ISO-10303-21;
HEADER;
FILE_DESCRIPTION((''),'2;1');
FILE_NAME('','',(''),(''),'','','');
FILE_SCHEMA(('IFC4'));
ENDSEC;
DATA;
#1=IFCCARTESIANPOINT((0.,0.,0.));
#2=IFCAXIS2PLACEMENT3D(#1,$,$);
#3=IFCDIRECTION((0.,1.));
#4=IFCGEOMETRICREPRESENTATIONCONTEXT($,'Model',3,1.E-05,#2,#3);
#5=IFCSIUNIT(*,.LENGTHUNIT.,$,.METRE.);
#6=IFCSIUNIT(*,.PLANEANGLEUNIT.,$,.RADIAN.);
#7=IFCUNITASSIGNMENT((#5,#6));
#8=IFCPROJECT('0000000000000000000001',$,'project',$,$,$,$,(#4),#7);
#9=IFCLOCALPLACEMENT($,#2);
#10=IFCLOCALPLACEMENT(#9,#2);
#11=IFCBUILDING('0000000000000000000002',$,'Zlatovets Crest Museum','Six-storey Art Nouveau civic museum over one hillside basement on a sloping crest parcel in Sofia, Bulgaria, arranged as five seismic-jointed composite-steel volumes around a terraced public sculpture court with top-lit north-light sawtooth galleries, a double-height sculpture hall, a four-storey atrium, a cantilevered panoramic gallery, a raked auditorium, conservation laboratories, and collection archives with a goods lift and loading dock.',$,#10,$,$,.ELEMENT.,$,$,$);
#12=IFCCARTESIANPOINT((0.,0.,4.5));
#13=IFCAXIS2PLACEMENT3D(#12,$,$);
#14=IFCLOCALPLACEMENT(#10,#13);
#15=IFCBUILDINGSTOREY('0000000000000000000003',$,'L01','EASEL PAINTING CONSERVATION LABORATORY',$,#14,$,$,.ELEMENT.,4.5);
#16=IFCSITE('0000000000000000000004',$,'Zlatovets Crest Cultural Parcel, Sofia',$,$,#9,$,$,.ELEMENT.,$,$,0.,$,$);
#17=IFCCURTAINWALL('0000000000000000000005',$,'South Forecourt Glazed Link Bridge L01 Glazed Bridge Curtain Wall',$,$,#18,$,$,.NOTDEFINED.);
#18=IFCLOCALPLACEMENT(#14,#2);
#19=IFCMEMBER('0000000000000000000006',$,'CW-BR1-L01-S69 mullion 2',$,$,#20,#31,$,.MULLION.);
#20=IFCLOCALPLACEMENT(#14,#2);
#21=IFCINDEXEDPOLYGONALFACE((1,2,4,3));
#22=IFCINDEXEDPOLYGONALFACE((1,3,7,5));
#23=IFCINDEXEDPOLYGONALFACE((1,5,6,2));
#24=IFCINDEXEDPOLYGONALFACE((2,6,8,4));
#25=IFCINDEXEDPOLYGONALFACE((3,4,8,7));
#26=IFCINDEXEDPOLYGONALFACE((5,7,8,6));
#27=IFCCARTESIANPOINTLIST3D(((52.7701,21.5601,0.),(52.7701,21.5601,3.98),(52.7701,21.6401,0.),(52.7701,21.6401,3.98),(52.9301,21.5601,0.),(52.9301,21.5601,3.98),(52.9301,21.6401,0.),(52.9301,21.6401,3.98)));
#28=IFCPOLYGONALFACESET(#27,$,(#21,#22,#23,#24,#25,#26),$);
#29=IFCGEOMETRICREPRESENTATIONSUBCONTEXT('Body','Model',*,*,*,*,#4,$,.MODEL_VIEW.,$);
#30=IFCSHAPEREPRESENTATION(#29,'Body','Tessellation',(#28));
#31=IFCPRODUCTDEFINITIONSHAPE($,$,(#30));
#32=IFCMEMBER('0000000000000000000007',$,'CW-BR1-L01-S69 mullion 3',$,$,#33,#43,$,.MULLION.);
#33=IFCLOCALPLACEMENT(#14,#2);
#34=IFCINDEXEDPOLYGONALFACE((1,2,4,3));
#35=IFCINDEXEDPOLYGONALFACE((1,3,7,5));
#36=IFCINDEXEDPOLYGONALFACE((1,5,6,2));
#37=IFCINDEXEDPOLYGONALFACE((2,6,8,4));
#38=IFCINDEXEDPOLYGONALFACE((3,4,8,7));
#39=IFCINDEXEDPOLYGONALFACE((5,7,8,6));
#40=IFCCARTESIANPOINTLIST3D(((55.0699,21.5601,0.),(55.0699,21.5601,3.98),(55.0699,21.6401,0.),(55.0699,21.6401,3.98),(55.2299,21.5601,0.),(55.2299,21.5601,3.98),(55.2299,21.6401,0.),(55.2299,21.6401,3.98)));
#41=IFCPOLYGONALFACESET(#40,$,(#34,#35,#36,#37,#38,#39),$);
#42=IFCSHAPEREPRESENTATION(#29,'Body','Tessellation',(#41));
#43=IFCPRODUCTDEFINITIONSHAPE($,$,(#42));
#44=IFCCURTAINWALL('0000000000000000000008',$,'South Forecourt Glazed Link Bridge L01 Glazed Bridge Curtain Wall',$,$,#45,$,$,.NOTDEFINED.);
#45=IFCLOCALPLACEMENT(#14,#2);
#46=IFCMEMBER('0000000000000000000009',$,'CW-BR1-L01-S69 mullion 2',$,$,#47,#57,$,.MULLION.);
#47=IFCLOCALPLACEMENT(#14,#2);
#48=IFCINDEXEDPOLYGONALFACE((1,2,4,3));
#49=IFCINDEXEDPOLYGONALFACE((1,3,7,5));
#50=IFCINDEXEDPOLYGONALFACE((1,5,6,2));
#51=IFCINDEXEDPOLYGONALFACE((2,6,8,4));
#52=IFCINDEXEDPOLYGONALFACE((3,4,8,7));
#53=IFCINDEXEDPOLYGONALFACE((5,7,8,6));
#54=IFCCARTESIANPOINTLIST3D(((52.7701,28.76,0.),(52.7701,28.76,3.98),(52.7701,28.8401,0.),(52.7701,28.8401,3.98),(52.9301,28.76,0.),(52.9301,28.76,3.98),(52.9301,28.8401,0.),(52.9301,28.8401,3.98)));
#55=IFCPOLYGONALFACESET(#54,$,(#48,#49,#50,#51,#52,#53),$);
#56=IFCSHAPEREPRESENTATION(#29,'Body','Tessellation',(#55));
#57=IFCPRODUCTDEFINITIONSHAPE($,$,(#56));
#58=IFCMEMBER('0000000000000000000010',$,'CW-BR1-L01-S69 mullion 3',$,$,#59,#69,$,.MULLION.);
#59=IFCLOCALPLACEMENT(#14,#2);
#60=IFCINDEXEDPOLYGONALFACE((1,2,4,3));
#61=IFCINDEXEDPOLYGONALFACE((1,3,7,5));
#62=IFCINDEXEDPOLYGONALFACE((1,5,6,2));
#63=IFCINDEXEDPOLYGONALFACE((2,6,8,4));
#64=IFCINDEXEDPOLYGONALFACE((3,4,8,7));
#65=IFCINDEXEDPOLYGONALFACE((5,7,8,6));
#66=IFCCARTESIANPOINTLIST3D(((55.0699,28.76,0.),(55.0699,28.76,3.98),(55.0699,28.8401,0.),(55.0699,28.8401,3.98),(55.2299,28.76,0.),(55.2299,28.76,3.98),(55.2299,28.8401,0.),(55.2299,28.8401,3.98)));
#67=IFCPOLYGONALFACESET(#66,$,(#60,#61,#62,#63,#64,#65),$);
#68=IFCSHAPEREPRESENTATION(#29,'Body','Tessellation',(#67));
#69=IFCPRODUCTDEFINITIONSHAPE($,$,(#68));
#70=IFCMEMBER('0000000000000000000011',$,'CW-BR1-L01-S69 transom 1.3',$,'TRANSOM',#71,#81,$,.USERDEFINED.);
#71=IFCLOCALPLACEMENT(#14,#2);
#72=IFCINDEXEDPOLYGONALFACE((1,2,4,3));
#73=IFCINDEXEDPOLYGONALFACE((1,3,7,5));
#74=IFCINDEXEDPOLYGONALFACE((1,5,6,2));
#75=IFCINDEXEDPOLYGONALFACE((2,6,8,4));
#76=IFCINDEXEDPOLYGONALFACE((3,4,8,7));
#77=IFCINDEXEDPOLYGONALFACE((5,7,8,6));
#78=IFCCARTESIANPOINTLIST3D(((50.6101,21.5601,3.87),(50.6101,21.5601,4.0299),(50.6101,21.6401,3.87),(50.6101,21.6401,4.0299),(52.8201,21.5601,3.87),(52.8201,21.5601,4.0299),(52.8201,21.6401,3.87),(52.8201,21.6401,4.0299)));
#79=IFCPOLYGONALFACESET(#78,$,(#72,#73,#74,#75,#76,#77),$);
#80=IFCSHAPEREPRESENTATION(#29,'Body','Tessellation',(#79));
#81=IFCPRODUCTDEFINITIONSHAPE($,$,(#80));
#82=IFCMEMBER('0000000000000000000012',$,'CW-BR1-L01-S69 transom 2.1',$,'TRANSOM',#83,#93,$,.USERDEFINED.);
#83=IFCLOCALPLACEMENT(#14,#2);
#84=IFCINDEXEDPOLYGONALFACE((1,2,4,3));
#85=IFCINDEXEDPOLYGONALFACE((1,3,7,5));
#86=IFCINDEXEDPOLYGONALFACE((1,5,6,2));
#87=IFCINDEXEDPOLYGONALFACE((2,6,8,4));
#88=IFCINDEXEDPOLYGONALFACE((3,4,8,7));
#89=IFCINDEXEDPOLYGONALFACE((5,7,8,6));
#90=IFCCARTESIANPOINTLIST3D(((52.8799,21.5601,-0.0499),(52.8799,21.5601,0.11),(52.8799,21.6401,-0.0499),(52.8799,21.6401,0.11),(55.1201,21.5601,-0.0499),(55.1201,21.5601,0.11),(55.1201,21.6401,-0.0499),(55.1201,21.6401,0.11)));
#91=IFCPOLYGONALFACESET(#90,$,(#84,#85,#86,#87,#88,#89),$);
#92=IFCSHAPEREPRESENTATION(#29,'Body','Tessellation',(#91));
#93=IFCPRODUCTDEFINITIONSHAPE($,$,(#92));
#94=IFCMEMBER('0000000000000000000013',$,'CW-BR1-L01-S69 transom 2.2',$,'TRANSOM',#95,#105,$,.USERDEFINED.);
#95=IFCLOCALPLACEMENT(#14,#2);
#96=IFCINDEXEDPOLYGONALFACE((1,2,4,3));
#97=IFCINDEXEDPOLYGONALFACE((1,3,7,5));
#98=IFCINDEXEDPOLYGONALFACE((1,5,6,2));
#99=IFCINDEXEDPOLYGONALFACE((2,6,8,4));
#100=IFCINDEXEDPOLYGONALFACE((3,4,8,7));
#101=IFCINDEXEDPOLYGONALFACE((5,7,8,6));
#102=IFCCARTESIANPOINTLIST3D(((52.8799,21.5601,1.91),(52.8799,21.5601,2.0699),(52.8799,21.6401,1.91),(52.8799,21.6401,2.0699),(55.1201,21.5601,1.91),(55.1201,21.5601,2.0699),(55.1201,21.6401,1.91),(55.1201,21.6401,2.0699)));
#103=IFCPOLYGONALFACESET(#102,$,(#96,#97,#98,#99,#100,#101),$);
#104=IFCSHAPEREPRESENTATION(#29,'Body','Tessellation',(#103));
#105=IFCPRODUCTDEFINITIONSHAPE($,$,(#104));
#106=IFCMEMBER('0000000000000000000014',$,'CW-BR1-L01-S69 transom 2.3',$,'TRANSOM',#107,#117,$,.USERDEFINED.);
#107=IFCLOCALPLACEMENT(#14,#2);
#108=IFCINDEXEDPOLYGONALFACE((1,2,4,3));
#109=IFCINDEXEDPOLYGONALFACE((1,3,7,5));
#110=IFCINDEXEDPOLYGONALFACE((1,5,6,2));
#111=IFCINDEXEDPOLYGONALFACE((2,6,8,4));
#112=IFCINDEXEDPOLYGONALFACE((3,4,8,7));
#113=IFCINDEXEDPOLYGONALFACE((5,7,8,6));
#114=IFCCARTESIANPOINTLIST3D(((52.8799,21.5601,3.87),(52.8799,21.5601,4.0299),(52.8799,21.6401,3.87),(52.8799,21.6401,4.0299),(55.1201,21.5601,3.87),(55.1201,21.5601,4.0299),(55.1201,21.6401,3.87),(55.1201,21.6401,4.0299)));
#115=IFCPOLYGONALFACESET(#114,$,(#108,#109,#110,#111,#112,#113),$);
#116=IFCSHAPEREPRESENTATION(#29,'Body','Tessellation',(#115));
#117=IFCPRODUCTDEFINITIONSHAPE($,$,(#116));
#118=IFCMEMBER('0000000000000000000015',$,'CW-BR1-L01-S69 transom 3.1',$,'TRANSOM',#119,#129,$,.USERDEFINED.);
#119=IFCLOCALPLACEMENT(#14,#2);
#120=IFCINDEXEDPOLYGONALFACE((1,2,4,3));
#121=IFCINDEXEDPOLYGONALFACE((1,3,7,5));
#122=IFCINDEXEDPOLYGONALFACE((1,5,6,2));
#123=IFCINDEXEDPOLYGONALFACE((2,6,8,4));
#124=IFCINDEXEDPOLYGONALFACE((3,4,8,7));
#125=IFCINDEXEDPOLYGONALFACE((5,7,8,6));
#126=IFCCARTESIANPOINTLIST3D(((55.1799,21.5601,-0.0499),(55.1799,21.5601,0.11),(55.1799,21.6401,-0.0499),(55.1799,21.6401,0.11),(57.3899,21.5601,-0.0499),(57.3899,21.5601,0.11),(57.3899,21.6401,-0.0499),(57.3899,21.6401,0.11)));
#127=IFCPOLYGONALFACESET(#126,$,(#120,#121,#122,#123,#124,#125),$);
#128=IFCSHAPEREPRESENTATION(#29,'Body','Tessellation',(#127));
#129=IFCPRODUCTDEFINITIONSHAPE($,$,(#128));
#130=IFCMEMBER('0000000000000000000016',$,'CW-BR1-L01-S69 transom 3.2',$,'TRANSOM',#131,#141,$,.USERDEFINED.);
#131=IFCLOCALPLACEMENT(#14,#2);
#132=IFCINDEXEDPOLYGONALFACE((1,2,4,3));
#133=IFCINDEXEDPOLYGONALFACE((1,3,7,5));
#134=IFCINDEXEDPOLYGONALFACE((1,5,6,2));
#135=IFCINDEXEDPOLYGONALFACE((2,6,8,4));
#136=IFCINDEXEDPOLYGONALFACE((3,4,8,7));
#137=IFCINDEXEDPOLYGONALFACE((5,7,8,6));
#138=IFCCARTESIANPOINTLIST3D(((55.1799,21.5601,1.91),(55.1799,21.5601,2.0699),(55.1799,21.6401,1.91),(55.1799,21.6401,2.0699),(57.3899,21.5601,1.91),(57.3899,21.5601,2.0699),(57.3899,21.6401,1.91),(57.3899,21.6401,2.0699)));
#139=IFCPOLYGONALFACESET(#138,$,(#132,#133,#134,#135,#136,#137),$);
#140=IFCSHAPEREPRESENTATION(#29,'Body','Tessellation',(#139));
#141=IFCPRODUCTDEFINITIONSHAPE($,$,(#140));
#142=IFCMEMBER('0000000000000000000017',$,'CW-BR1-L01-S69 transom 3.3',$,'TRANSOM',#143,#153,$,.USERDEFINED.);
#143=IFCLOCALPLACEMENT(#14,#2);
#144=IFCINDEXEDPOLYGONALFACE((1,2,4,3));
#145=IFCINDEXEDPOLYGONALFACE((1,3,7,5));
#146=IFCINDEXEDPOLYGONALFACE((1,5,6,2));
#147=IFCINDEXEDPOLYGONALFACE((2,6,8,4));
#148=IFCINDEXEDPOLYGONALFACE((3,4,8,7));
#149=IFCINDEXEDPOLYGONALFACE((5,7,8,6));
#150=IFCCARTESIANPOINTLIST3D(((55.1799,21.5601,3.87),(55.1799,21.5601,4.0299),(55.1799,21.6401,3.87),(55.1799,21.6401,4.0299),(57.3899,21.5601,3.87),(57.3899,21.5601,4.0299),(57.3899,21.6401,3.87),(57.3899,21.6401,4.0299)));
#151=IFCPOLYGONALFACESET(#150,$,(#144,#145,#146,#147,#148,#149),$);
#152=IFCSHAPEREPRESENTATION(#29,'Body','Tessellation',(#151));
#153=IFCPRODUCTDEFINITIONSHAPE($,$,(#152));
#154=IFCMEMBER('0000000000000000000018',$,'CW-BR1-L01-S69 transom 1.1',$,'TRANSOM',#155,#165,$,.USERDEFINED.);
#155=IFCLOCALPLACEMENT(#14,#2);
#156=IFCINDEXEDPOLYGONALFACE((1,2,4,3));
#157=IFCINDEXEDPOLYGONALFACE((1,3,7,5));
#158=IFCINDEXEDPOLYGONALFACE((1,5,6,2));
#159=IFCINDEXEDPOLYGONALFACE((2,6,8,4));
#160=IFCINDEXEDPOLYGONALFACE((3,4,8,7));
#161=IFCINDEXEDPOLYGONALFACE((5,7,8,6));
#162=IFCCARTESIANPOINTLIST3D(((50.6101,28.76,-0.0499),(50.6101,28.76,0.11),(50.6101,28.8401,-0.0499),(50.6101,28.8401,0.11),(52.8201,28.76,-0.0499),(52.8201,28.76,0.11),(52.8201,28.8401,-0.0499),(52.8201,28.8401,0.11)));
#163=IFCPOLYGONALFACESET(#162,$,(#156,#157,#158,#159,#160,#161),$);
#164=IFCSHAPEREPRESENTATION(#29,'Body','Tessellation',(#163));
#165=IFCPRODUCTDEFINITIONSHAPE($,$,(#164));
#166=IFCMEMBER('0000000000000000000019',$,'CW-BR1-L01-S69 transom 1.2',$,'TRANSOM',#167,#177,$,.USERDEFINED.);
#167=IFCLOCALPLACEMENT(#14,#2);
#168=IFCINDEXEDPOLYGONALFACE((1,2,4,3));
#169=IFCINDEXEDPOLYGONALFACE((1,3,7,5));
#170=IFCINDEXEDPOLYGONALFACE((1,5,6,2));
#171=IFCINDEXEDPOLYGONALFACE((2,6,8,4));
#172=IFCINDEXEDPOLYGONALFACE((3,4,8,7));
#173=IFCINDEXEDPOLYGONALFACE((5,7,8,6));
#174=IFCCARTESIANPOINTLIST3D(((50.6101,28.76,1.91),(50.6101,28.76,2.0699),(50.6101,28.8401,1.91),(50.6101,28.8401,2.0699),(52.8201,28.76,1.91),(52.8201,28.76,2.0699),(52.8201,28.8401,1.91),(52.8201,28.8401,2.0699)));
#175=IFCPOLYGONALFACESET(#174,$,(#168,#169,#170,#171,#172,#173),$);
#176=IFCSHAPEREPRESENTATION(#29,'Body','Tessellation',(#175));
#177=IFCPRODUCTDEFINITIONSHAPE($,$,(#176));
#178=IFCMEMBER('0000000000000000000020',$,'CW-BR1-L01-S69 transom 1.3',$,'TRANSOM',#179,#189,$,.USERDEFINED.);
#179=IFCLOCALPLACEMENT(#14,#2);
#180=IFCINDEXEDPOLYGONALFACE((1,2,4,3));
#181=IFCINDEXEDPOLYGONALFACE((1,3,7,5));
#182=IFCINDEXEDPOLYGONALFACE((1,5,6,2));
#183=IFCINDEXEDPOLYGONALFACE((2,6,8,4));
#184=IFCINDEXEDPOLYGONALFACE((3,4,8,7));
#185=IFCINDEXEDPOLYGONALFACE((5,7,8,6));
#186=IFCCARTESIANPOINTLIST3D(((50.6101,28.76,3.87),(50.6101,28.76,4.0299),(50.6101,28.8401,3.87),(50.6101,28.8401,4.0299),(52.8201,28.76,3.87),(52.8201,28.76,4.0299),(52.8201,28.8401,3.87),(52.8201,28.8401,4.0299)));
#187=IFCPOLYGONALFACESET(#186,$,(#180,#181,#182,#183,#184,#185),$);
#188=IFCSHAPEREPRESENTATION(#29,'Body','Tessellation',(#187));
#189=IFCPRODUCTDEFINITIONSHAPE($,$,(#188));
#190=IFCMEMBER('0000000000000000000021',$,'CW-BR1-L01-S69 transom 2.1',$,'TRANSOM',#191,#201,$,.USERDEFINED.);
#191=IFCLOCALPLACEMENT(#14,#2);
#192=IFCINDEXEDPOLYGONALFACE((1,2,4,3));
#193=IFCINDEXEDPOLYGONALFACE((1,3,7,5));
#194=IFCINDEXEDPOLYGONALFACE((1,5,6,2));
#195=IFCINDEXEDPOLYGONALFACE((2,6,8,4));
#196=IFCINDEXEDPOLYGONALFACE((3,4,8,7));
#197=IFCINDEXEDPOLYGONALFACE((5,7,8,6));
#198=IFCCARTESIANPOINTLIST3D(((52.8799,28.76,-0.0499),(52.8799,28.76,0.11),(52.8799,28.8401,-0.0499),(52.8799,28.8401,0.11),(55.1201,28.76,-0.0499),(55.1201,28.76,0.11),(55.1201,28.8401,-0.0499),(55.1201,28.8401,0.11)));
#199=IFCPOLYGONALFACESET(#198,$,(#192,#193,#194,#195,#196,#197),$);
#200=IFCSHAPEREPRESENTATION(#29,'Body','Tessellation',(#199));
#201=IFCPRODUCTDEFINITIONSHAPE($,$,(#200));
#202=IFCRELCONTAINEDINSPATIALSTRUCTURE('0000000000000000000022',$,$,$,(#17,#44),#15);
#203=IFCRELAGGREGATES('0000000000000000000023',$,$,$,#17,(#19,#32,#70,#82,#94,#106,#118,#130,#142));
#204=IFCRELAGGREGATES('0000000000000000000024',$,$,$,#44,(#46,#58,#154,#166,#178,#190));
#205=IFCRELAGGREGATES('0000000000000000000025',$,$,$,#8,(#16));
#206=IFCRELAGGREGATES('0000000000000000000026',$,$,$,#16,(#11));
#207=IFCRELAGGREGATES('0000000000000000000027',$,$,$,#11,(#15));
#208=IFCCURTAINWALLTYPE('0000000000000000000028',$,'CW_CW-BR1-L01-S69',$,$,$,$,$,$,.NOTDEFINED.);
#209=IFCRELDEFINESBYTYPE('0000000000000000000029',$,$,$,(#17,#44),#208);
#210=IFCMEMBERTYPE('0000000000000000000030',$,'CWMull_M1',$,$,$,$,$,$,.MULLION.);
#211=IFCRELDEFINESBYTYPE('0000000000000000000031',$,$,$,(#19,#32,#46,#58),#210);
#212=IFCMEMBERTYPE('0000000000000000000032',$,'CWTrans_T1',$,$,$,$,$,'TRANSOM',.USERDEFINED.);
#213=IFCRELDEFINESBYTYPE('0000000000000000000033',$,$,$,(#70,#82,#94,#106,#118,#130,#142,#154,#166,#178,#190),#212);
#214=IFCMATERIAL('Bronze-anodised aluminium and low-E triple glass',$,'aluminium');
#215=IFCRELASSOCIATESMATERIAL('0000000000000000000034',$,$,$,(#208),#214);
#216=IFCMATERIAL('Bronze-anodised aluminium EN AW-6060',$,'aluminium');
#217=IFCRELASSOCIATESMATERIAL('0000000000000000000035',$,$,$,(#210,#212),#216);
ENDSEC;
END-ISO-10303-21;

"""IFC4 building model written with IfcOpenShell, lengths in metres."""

from ifc_helpers import new_model, si_unit, direction, frame, origin, origin_2d, place, context, subcontext, project, spatial, rectangle, extrude, material, material_profile, profile_set, type_object, element, aggregate, save


model = new_model("IFC4")

# Units and contexts
model_context = context("Model", 3, precision=1e-05, world=origin(), true_north=direction((0.0, 1.0)))
body_context = subcontext(model_context, "Body", "Model", "MODEL_VIEW")
ifc_project = project(units=[si_unit("LENGTHUNIT", "METRE"), si_unit("PLANEANGLEUNIT", "RADIAN")], contexts=[model_context])

# Site, building, storey
site_placement = place(None, origin())
site = spatial("IfcSite", under=ifc_project, at=site_placement, Name="Zlatovets Crest Cultural Parcel, Sofia", CompositionType="ELEMENT", RefElevation=0.0)
building_placement = place(site_placement, origin())
building = spatial("IfcBuilding", under=site, at=building_placement, Name="Zlatovets Crest Museum", Description="Six-storey Art Nouveau civic museum over one hillside basement on a sloping crest parcel in Sofia, Bulgaria, arranged as five seismic-jointed composite-steel volumes around a terraced public sculpture court with top-lit north-light sawtooth galleries, a double-height sculpture hall, a four-storey atrium, a cantilevered panoramic gallery, a raked auditorium, conservation laboratories, and collection archives with a goods lift and loading dock.", CompositionType="ELEMENT")
storey_placement = place(building_placement, frame((0.0, 0.0, 4.5)))
storey = spatial("IfcBuildingStorey", under=building, at=storey_placement, Name="L01", Description="EASEL PAINTING CONSERVATION LABORATORY", CompositionType="ELEMENT", Elevation=4.5)

# Curtain walls, members
ifc_material_1 = material(Name="Bronze-anodised aluminium and low-E triple glass", Category="aluminium")
curtain_wall_type = type_object("IfcCurtainWallType", Name="CW_CW-BR1-L01-S69", PredefinedType="NOTDEFINED", material=ifc_material_1)
curtain_wall_1_placement = place(storey_placement, origin())
curtain_wall_1 = element("IfcCurtainWall", 1, at=curtain_wall_1_placement, inside=storey, type_object=curtain_wall_type, Name="South Forecourt Glazed Link Bridge L01 Glazed Bridge Curtain Wall", PredefinedType="NOTDEFINED")
ifc_material_2 = material(Name="Bronze-anodised aluminium EN AW-6060", Category="aluminium")
ifc_material_profile_1 = material_profile(ifc_material_2, rectangle(XDim=0.0801, YDim=0.1599, at=origin_2d()), Name="ALU 80x160")
ifc_profile_set_1 = profile_set([ifc_material_profile_1], Name="Bronze-anodised aluminium EN AW-6060")
member_type_1 = type_object("IfcMemberType", Name="CWMull_M1", PredefinedType="MULLION", material=ifc_profile_set_1)
member_1_placement = place(storey_placement, frame((52.8501, 21.6001, 0.0), z_axis=(0.0, 0.0, 1.0), x_axis=(0.0, 1.0, 0.0)))
member_1 = element("IfcMember", 2, at=member_1_placement, type_object=member_type_1, Name="CW-BR1-L01-S69 mullion 2", PredefinedType="MULLION", context=body_context, shape_type="SweptSolid", body=[
    extrude(rectangle(XDim=0.0801, YDim=0.1599, at=origin_2d()), origin(), (0.0, 0.0, 1.0), 3.98),
])
member_2_placement = place(storey_placement, frame((55.1499, 21.6001, 0.0), z_axis=(0.0, 0.0, 1.0), x_axis=(0.0, 1.0, 0.0)))
member_2 = element("IfcMember", 3, at=member_2_placement, type_object=member_type_1, Name="CW-BR1-L01-S69 mullion 3", PredefinedType="MULLION", context=body_context, shape_type="SweptSolid", body=[
    extrude(rectangle(XDim=0.0801, YDim=0.1599, at=origin_2d()), origin(), (0.0, 0.0, 1.0), 3.98),
])
curtain_wall_2_placement = place(storey_placement, origin())
curtain_wall_2 = element("IfcCurtainWall", 4, at=curtain_wall_2_placement, inside=storey, type_object=curtain_wall_type, Name="South Forecourt Glazed Link Bridge L01 Glazed Bridge Curtain Wall", PredefinedType="NOTDEFINED")
member_3_placement = place(storey_placement, frame((52.8501, 28.8, 0.0), z_axis=(0.0, 0.0, 1.0), x_axis=(0.0, 1.0, 0.0)))
member_3 = element("IfcMember", 5, at=member_3_placement, type_object=member_type_1, Name="CW-BR1-L01-S69 mullion 2", PredefinedType="MULLION", context=body_context, shape_type="SweptSolid", body=[
    extrude(rectangle(XDim=0.0801, YDim=0.1599, at=origin_2d()), origin(), (0.0, 0.0, 1.0), 3.98),
])
member_4_placement = place(storey_placement, frame((55.1499, 28.8, 0.0), z_axis=(0.0, 0.0, 1.0), x_axis=(0.0, 1.0, 0.0)))
member_4 = element("IfcMember", 6, at=member_4_placement, type_object=member_type_1, Name="CW-BR1-L01-S69 mullion 3", PredefinedType="MULLION", context=body_context, shape_type="SweptSolid", body=[
    extrude(rectangle(XDim=0.0801, YDim=0.1599, at=origin_2d()), origin(), (0.0, 0.0, 1.0), 3.98),
])

# Members
ifc_material_profile_2 = material_profile(ifc_material_2, rectangle(XDim=0.0801, YDim=0.1599, at=origin_2d()), Name="ALU 80x160")
ifc_profile_set_2 = profile_set([ifc_material_profile_2], Name="Bronze-anodised aluminium EN AW-6060")
member_type_2 = type_object("IfcMemberType", Name="CWTrans_T1", ElementType="TRANSOM", PredefinedType="USERDEFINED", material=ifc_profile_set_2)
member_5_placement = place(storey_placement, frame((50.6101, 21.6001, 3.95), z_axis=(1.0, 0.0, 0.0), x_axis=(0.0, 1.0, 0.0)))
member_5 = element("IfcMember", 7, at=member_5_placement, type_object=member_type_2, Name="CW-BR1-L01-S69 transom 1.3", ObjectType="TRANSOM", PredefinedType="USERDEFINED", context=body_context, shape_type="SweptSolid", body=[
    extrude(rectangle(XDim=0.0801, YDim=0.1599, at=origin_2d()), origin(), (0.0, 0.0, 1.0), 2.21),
])
member_6_placement = place(storey_placement, frame((52.8799, 21.6001, 0.03), z_axis=(1.0, 0.0, 0.0), x_axis=(0.0, 1.0, 0.0)))
member_6 = element("IfcMember", 8, at=member_6_placement, type_object=member_type_2, Name="CW-BR1-L01-S69 transom 2.1", ObjectType="TRANSOM", PredefinedType="USERDEFINED", context=body_context, shape_type="SweptSolid", body=[
    extrude(rectangle(XDim=0.0801, YDim=0.1599, at=origin_2d()), origin(), (0.0, 0.0, 1.0), 2.2402),
])
member_7_placement = place(storey_placement, frame((52.8799, 21.6001, 1.99), z_axis=(1.0, 0.0, 0.0), x_axis=(0.0, 1.0, 0.0)))
member_7 = element("IfcMember", 9, at=member_7_placement, type_object=member_type_2, Name="CW-BR1-L01-S69 transom 2.2", ObjectType="TRANSOM", PredefinedType="USERDEFINED", context=body_context, shape_type="SweptSolid", body=[
    extrude(rectangle(XDim=0.0801, YDim=0.1599, at=origin_2d()), origin(), (0.0, 0.0, 1.0), 2.2402),
])
member_8_placement = place(storey_placement, frame((52.8799, 21.6001, 3.95), z_axis=(1.0, 0.0, 0.0), x_axis=(0.0, 1.0, 0.0)))
member_8 = element("IfcMember", 10, at=member_8_placement, type_object=member_type_2, Name="CW-BR1-L01-S69 transom 2.3", ObjectType="TRANSOM", PredefinedType="USERDEFINED", context=body_context, shape_type="SweptSolid", body=[
    extrude(rectangle(XDim=0.0801, YDim=0.1599, at=origin_2d()), origin(), (0.0, 0.0, 1.0), 2.2402),
])
member_9_placement = place(storey_placement, frame((55.1799, 21.6001, 0.03), z_axis=(1.0, 0.0, 0.0), x_axis=(0.0, 1.0, 0.0)))
member_9 = element("IfcMember", 11, at=member_9_placement, type_object=member_type_2, Name="CW-BR1-L01-S69 transom 3.1", ObjectType="TRANSOM", PredefinedType="USERDEFINED", context=body_context, shape_type="SweptSolid", body=[
    extrude(rectangle(XDim=0.0801, YDim=0.1599, at=origin_2d()), origin(), (0.0, 0.0, 1.0), 2.21),
])
member_10_placement = place(storey_placement, frame((55.1799, 21.6001, 1.99), z_axis=(1.0, 0.0, 0.0), x_axis=(0.0, 1.0, 0.0)))
member_10 = element("IfcMember", 12, at=member_10_placement, type_object=member_type_2, Name="CW-BR1-L01-S69 transom 3.2", ObjectType="TRANSOM", PredefinedType="USERDEFINED", context=body_context, shape_type="SweptSolid", body=[
    extrude(rectangle(XDim=0.0801, YDim=0.1599, at=origin_2d()), origin(), (0.0, 0.0, 1.0), 2.21),
])
member_11_placement = place(storey_placement, frame((55.1799, 21.6001, 3.95), z_axis=(1.0, 0.0, 0.0), x_axis=(0.0, 1.0, 0.0)))
member_11 = element("IfcMember", 13, at=member_11_placement, type_object=member_type_2, Name="CW-BR1-L01-S69 transom 3.3", ObjectType="TRANSOM", PredefinedType="USERDEFINED", context=body_context, shape_type="SweptSolid", body=[
    extrude(rectangle(XDim=0.0801, YDim=0.1599, at=origin_2d()), origin(), (0.0, 0.0, 1.0), 2.21),
])
member_12_placement = place(storey_placement, frame((50.6101, 28.8, 0.03), z_axis=(1.0, 0.0, 0.0), x_axis=(0.0, 1.0, 0.0)))
member_12 = element("IfcMember", 14, at=member_12_placement, type_object=member_type_2, Name="CW-BR1-L01-S69 transom 1.1", ObjectType="TRANSOM", PredefinedType="USERDEFINED", context=body_context, shape_type="SweptSolid", body=[
    extrude(rectangle(XDim=0.0801, YDim=0.1599, at=origin_2d()), origin(), (0.0, 0.0, 1.0), 2.21),
])
member_13_placement = place(storey_placement, frame((50.6101, 28.8, 1.99), z_axis=(1.0, 0.0, 0.0), x_axis=(0.0, 1.0, 0.0)))
member_13 = element("IfcMember", 15, at=member_13_placement, type_object=member_type_2, Name="CW-BR1-L01-S69 transom 1.2", ObjectType="TRANSOM", PredefinedType="USERDEFINED", context=body_context, shape_type="SweptSolid", body=[
    extrude(rectangle(XDim=0.0801, YDim=0.1599, at=origin_2d()), origin(), (0.0, 0.0, 1.0), 2.21),
])
member_14_placement = place(storey_placement, frame((50.6101, 28.8, 3.95), z_axis=(1.0, 0.0, 0.0), x_axis=(0.0, 1.0, 0.0)))
member_14 = element("IfcMember", 16, at=member_14_placement, type_object=member_type_2, Name="CW-BR1-L01-S69 transom 1.3", ObjectType="TRANSOM", PredefinedType="USERDEFINED", context=body_context, shape_type="SweptSolid", body=[
    extrude(rectangle(XDim=0.0801, YDim=0.1599, at=origin_2d()), origin(), (0.0, 0.0, 1.0), 2.21),
])
member_15_placement = place(storey_placement, frame((52.8799, 28.8, 0.03), z_axis=(1.0, 0.0, 0.0), x_axis=(0.0, 1.0, 0.0)))
member_15 = element("IfcMember", 17, at=member_15_placement, type_object=member_type_2, Name="CW-BR1-L01-S69 transom 2.1", ObjectType="TRANSOM", PredefinedType="USERDEFINED", context=body_context, shape_type="SweptSolid", body=[
    extrude(rectangle(XDim=0.0801, YDim=0.1599, at=origin_2d()), origin(), (0.0, 0.0, 1.0), 2.2402),
])

aggregate(curtain_wall_1, [member_1, member_2, member_5, member_6, member_7, member_8, member_9, member_10, member_11])
aggregate(curtain_wall_2, [member_3, member_4, member_12, member_13, member_14, member_15])

save(model, "model.ifc")
